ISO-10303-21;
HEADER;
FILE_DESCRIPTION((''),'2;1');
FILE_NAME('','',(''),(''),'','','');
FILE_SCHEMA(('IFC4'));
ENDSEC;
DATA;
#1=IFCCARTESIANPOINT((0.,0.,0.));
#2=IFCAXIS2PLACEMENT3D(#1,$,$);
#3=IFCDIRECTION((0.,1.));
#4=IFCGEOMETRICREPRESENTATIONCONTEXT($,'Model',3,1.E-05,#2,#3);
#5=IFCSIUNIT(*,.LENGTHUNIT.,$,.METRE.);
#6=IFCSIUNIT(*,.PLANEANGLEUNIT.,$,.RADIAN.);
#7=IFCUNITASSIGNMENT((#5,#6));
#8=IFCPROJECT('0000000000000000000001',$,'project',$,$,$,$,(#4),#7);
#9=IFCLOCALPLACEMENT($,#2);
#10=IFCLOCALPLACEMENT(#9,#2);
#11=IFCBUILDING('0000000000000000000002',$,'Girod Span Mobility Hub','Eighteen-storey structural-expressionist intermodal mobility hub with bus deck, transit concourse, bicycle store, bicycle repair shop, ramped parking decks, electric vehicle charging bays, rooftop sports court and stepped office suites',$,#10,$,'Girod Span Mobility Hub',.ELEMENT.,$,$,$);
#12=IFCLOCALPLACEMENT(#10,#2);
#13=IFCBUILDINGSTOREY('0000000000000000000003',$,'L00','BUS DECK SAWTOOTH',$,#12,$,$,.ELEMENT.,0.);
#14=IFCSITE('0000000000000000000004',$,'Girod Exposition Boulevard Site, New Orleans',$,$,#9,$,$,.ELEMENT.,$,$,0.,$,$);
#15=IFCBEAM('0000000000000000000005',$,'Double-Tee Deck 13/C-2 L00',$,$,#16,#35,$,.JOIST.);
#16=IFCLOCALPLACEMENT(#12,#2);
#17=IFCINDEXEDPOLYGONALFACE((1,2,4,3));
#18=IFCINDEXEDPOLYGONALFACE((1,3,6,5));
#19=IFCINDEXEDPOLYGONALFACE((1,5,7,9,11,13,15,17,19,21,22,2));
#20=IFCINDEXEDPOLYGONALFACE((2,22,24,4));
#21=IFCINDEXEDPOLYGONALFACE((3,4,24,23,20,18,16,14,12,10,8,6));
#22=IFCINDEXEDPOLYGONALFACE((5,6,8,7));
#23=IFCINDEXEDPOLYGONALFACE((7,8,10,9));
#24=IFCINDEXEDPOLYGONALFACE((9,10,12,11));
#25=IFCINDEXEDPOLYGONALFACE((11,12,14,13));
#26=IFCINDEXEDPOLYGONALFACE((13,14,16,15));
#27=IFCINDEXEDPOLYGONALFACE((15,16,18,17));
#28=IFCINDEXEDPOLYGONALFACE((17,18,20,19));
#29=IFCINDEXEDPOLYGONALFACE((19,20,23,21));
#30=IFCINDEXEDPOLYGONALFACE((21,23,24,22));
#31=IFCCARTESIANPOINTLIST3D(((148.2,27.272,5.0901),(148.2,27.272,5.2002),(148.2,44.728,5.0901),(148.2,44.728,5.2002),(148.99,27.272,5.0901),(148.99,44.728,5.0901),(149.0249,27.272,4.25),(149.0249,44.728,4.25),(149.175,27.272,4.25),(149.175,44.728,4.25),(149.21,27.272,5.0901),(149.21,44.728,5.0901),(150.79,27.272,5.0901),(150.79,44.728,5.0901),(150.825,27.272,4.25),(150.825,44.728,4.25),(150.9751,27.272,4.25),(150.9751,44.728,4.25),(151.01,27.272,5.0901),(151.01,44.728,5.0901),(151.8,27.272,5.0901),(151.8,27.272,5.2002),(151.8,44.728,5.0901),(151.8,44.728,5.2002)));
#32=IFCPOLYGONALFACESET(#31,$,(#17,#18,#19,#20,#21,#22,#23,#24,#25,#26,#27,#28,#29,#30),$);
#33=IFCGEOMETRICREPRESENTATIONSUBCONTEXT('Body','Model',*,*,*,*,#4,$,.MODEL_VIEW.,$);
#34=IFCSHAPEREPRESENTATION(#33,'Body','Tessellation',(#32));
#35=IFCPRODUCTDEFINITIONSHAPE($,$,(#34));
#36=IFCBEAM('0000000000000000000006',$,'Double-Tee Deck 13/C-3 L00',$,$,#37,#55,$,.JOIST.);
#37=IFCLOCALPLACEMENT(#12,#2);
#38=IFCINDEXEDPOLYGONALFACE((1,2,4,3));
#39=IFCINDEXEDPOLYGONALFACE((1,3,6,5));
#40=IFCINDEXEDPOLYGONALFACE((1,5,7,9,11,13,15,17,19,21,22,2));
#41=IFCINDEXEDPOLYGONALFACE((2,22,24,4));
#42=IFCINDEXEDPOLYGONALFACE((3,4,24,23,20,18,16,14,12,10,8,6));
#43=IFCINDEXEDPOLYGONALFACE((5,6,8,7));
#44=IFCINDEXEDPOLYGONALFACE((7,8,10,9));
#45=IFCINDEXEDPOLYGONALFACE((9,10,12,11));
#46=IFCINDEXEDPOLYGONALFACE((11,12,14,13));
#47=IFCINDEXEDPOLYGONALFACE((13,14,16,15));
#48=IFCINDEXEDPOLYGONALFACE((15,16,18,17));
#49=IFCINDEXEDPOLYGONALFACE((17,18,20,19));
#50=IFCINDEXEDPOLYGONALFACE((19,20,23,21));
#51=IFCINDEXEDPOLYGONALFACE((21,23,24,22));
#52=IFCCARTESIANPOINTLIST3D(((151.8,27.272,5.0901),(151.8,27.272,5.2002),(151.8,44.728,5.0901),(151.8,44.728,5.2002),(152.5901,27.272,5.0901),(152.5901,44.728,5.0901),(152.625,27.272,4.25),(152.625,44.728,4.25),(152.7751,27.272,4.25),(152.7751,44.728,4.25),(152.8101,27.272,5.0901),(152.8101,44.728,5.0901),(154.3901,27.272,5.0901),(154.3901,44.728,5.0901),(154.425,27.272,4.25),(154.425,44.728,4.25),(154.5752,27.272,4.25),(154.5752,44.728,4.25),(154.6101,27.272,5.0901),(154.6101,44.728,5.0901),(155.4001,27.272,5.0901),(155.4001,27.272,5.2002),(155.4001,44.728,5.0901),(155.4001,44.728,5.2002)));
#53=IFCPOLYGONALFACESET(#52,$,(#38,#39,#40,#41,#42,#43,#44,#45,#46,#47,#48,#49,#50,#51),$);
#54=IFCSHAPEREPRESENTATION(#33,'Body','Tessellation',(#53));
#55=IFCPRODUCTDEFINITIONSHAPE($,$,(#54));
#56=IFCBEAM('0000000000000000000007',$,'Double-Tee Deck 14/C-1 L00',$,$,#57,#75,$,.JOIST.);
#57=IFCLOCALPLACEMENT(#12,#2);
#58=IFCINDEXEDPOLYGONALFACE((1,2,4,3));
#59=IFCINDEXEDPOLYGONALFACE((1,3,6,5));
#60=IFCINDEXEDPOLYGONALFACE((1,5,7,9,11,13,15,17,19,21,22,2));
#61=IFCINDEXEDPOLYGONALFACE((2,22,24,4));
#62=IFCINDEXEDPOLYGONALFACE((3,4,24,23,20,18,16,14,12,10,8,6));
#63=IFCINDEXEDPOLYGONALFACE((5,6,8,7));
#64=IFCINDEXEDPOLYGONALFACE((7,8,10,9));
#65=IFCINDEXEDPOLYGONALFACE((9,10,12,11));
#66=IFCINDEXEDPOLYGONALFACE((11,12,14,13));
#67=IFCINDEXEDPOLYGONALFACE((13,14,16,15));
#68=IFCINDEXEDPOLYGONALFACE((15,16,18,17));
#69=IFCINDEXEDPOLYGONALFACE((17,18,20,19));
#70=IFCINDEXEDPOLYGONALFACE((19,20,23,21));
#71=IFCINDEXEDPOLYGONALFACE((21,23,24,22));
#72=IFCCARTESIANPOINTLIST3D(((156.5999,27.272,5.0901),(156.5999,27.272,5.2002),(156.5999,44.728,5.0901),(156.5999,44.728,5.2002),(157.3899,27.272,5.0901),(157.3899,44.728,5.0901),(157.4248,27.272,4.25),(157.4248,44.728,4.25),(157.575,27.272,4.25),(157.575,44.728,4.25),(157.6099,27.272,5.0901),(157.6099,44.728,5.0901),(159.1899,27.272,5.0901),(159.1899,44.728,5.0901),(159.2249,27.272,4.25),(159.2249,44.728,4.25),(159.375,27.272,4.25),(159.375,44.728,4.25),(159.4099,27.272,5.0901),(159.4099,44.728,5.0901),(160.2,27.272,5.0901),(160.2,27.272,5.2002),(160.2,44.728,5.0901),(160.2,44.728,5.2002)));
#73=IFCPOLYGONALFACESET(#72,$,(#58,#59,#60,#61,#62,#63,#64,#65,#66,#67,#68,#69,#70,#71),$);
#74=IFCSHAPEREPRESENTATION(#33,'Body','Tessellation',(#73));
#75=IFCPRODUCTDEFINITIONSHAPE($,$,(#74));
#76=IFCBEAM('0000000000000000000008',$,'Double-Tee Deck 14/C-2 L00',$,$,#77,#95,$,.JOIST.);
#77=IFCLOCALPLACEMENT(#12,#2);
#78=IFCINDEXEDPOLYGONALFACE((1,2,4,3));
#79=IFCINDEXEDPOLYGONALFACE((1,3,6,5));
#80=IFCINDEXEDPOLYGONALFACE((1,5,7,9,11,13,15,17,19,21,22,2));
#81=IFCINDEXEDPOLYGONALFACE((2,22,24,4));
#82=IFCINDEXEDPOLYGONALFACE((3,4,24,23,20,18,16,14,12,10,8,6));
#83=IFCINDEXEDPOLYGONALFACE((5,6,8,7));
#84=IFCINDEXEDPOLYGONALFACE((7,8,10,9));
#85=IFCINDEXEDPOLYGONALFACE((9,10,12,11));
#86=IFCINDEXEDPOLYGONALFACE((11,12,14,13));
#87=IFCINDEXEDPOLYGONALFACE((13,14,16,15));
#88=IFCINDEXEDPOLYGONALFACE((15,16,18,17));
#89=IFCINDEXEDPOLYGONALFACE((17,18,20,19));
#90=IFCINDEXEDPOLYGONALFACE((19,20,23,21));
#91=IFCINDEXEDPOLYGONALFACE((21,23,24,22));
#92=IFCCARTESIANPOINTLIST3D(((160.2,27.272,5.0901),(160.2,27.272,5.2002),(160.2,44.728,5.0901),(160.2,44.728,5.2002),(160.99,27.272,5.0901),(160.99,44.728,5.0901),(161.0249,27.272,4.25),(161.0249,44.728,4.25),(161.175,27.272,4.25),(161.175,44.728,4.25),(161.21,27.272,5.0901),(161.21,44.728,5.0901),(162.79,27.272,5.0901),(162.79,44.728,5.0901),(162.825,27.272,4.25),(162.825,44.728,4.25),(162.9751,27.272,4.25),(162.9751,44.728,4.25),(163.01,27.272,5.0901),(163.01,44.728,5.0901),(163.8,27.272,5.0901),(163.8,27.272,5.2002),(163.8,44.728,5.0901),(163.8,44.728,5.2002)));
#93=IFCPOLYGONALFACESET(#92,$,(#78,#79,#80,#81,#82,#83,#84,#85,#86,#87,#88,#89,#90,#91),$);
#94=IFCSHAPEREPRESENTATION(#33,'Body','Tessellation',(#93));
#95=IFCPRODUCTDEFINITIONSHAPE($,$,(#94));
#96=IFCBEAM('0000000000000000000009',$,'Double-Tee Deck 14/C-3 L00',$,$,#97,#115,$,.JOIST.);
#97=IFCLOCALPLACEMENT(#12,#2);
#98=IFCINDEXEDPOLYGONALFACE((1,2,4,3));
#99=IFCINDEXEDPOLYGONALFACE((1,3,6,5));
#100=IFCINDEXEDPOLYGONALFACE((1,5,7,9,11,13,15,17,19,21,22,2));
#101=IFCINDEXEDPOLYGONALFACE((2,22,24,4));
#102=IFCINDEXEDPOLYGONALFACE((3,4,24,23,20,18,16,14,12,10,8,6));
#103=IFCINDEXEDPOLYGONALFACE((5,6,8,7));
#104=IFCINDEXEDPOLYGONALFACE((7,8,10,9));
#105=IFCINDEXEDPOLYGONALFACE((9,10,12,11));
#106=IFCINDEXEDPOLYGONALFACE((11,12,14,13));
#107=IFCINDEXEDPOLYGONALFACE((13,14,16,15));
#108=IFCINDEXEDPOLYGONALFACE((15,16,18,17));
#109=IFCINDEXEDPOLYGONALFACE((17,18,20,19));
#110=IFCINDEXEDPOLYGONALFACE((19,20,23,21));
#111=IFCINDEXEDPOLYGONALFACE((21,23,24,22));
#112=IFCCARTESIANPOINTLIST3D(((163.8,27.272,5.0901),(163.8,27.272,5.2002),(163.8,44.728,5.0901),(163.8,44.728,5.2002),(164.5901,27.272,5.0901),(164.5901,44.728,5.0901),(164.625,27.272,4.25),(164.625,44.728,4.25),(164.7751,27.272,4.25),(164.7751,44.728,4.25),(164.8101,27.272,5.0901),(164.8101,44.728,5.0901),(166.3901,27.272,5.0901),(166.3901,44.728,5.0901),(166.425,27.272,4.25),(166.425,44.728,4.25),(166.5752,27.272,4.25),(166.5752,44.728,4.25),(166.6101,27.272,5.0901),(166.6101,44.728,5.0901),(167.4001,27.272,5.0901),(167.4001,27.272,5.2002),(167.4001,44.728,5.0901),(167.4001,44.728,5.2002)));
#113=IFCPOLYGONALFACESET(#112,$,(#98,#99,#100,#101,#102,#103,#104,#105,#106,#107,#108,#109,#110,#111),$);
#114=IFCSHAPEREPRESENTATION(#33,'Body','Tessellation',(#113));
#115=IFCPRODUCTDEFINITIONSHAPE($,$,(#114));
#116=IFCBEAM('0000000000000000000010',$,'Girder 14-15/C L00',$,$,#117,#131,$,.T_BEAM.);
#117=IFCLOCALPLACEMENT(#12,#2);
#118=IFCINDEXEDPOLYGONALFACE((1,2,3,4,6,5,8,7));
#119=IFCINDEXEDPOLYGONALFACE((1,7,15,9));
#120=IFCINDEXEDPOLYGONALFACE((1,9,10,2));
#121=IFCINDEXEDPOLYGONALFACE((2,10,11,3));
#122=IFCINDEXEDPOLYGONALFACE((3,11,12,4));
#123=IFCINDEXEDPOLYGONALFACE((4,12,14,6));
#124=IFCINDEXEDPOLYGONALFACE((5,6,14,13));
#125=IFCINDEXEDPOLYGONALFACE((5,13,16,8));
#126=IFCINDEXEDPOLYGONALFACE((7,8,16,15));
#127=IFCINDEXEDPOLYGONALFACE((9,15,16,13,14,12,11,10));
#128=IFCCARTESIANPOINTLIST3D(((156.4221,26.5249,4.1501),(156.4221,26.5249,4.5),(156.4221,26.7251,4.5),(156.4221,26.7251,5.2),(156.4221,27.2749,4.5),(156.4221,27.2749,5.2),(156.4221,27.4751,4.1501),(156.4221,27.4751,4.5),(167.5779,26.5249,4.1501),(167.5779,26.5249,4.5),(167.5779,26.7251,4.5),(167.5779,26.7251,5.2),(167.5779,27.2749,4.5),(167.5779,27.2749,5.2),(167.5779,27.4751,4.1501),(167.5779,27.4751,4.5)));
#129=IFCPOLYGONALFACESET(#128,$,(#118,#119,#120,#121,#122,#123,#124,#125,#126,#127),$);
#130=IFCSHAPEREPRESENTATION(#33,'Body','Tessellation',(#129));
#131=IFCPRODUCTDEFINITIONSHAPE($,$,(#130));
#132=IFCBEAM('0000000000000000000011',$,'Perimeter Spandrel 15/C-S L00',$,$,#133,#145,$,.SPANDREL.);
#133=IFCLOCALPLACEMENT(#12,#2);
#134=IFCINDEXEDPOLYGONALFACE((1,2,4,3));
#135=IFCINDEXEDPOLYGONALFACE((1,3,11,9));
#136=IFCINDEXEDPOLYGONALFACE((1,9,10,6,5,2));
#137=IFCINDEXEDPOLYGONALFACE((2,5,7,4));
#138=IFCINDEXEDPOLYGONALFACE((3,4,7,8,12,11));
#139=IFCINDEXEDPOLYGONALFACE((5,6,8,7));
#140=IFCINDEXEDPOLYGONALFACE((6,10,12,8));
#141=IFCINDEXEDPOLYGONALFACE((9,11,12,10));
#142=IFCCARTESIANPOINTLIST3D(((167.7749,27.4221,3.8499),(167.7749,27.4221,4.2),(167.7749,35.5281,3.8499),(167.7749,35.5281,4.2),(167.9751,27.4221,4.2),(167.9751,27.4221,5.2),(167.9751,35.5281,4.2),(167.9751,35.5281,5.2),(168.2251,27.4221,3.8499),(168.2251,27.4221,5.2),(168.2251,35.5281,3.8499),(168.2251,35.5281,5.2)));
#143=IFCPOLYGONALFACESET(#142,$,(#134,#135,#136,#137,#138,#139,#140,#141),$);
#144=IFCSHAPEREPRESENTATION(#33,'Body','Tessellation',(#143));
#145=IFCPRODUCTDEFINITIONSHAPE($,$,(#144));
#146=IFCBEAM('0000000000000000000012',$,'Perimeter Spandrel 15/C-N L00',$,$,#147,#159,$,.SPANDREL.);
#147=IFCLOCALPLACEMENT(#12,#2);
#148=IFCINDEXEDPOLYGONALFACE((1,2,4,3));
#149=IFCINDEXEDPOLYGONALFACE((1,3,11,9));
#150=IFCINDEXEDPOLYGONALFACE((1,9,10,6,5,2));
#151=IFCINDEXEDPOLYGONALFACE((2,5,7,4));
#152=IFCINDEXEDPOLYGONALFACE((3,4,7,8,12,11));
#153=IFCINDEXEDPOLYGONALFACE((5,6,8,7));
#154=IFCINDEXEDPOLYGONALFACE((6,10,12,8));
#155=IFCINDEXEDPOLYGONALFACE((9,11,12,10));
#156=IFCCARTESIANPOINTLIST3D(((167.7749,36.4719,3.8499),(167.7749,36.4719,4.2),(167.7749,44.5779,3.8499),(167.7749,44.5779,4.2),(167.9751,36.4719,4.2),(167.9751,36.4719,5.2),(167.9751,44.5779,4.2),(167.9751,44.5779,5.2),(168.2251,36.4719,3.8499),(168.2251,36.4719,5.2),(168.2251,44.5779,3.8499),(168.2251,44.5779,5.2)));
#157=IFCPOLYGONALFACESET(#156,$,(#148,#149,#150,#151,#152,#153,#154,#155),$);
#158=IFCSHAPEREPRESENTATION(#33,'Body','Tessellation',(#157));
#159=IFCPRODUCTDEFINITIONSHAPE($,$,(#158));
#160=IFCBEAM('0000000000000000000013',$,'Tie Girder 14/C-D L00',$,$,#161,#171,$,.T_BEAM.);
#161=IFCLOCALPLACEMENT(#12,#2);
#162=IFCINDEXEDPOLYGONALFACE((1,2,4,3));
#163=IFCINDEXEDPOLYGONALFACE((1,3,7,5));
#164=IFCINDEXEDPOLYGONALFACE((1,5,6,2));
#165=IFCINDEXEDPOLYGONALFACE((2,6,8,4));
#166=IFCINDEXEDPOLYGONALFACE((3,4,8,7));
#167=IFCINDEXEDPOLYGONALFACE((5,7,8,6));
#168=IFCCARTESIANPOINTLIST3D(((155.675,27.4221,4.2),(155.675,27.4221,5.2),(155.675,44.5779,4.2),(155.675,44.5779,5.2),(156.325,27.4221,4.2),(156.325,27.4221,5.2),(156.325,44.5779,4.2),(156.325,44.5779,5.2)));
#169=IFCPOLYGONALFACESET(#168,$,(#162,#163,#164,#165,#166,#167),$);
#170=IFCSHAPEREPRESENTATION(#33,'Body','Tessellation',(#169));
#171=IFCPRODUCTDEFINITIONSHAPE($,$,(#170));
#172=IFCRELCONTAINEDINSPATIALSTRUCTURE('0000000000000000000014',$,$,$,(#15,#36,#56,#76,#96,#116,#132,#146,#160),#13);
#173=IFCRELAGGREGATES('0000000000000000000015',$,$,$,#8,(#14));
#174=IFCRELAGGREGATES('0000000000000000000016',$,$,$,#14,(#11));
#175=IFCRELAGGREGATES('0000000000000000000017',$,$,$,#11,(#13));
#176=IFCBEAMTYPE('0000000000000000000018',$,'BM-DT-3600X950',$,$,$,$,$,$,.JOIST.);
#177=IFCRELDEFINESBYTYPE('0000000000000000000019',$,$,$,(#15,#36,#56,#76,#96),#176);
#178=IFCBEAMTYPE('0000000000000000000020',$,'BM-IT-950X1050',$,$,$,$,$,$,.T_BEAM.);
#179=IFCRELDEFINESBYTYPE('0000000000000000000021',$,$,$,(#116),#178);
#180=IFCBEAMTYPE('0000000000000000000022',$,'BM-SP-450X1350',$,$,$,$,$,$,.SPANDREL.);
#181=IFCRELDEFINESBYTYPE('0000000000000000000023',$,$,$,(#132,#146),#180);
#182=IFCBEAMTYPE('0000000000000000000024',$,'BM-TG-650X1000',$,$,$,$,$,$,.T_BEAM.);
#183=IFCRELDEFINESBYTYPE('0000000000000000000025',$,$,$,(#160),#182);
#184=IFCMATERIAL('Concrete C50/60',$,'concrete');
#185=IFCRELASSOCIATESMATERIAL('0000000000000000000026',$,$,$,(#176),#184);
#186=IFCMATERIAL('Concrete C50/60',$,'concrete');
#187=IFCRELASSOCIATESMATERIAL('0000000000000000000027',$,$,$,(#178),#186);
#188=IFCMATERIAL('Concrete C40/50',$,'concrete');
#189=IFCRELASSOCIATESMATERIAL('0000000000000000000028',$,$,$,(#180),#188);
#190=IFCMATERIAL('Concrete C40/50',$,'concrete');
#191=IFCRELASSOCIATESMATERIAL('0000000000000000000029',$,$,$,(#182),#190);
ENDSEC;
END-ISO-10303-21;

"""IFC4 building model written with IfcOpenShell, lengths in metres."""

from ifc_helpers import new_model, si_unit, direction, frame, origin, origin_2d, place, context, subcontext, project, spatial, polyline, rectangle, outline, extrude, material, material_profile, profile_set, type_object, element, save


model = new_model("IFC4")

# Units and contexts
model_context = context("Model", 3, precision=1e-05, world=origin(), true_north=direction((0.0, 1.0)))
body_context = subcontext(model_context, "Body", "Model", "MODEL_VIEW")
ifc_project = project(units=[si_unit("LENGTHUNIT", "METRE"), si_unit("PLANEANGLEUNIT", "RADIAN")], contexts=[model_context])

# Site, building, storey
site_placement = place(None, origin())
site = spatial("IfcSite", under=ifc_project, at=site_placement, Name="Girod Exposition Boulevard Site, New Orleans", CompositionType="ELEMENT", RefElevation=0.0)
building_placement = place(site_placement, origin())
building = spatial("IfcBuilding", under=site, at=building_placement, Name="Girod Span Mobility Hub", Description="Eighteen-storey structural-expressionist intermodal mobility hub with bus deck, transit concourse, bicycle store, bicycle repair shop, ramped parking decks, electric vehicle charging bays, rooftop sports court and stepped office suites", LongName="Girod Span Mobility Hub", CompositionType="ELEMENT")
storey_placement = place(building_placement, origin())
storey = spatial("IfcBuildingStorey", under=building, at=storey_placement, Name="L00", Description="BUS DECK SAWTOOTH", CompositionType="ELEMENT", Elevation=0.0)

# Beams
ifc_material_1 = material(Name="Concrete C50/60", Category="concrete")
ifc_material_profile_1 = material_profile(ifc_material_1, outline(polyline([(-1.8, 0.4751), (-1.8, 0.365), (-1.01, 0.365), (-0.9751, -0.4751), (-0.825, -0.4751), (-0.79, 0.365), (0.79, 0.365), (0.825, -0.4751), (0.9751, -0.4751), (1.01, 0.365), (1.8, 0.365), (1.8, 0.4751), (-1.8, 0.4751)])), Name="DT-3600X950")
ifc_profile_set_1 = profile_set([ifc_material_profile_1], Name="Concrete C50/60")
beam_type_1 = type_object("IfcBeamType", Name="BM-DT-3600X950", PredefinedType="JOIST", material=ifc_profile_set_1)
for number, where, z_axis, x_axis, name in (
    (1, (150.0, 27.272, 4.7251), (0.0, 1.0, 0.0), (-1.0, 0.0, 0.0), "Double-Tee Deck 13/C-2 L00"),
    (2, (153.6001, 27.272, 4.7251), (0.0, 1.0, 0.0), (-1.0, 0.0, 0.0), "Double-Tee Deck 13/C-3 L00"),
    (3, (158.3999, 27.272, 4.7251), (0.0, 1.0, 0.0), (-1.0, 0.0, 0.0), "Double-Tee Deck 14/C-1 L00"),
    (4, (162.0, 27.272, 4.7251), (0.0, 1.0, 0.0), (-1.0, 0.0, 0.0), "Double-Tee Deck 14/C-2 L00"),
    (5, (165.6001, 27.272, 4.7251), (0.0, 1.0, 0.0), (-1.0, 0.0, 0.0), "Double-Tee Deck 14/C-3 L00"),
):
    element("IfcBeam", number, at=place(storey_placement, frame(where, z_axis=z_axis, x_axis=x_axis)), inside=storey, type_object=beam_type_1, Name=name, PredefinedType="JOIST", context=body_context, shape_type="SweptSolid", body=[
        extrude(outline(polyline([(-1.8, 0.4751), (-1.8, 0.365), (-1.01, 0.365), (-0.9751, -0.4751), (-0.825, -0.4751), (-0.79, 0.365), (0.79, 0.365), (0.825, -0.4751), (0.9751, -0.4751), (1.01, 0.365), (1.8, 0.365), (1.8, 0.4751), (-1.8, 0.4751)])), origin(), (0.0, 0.0, 1.0), 17.4561),
    ])
ifc_material_2 = material(Name="Concrete C50/60", Category="concrete")
ifc_material_profile_2 = material_profile(ifc_material_2, outline(polyline([(-0.4751, -0.5249), (0.4751, -0.5249), (0.4751, -0.175), (0.2749, -0.175), (0.2749, 0.5249), (-0.2749, 0.5249), (-0.2749, -0.175), (-0.4751, -0.175), (-0.4751, -0.5249)])), Name="IT-950X1050")
ifc_profile_set_2 = profile_set([ifc_material_profile_2], Name="Concrete C50/60")
beam_type_2 = type_object("IfcBeamType", Name="BM-IT-950X1050", PredefinedType="T_BEAM", material=ifc_profile_set_2)
beam_1_placement = place(storey_placement, frame((156.4221, 27.0, 4.675), z_axis=(1.0, 0.0, 0.0), x_axis=(0.0, 1.0, 0.0)))
element("IfcBeam", 6, at=beam_1_placement, inside=storey, type_object=beam_type_2, Name="Girder 14-15/C L00", PredefinedType="T_BEAM", context=body_context, shape_type="SweptSolid", body=[
    extrude(outline(polyline([(-0.4751, -0.5249), (0.4751, -0.5249), (0.4751, -0.175), (0.2749, -0.175), (0.2749, 0.5249), (-0.2749, 0.5249), (-0.2749, -0.175), (-0.4751, -0.175), (-0.4751, -0.5249)])), origin(), (0.0, 0.0, 1.0), 11.1558),
])
ifc_material_3 = material(Name="Concrete C40/50", Category="concrete")
ifc_material_profile_3 = material_profile(ifc_material_3, outline(polyline([(-0.2251, -0.675), (0.2251, -0.675), (0.2251, -0.325), (0.0249, -0.325), (0.0249, 0.675), (-0.2251, 0.675), (-0.2251, -0.675)])), Name="SP-450X1350")
ifc_profile_set_3 = profile_set([ifc_material_profile_3], Name="Concrete C40/50")
beam_type_3 = type_object("IfcBeamType", Name="BM-SP-450X1350", PredefinedType="SPANDREL", material=ifc_profile_set_3)
for number, where, z_axis, x_axis, name in (
    (7, (168.0, 27.4221, 4.5249), (0.0, 1.0, 0.0), (-1.0, 0.0, 0.0), "Perimeter Spandrel 15/C-S L00"),
    (8, (168.0, 36.4719, 4.5249), (0.0, 1.0, 0.0), (-1.0, 0.0, 0.0), "Perimeter Spandrel 15/C-N L00"),
):
    element("IfcBeam", number, at=place(storey_placement, frame(where, z_axis=z_axis, x_axis=x_axis)), inside=storey, type_object=beam_type_3, Name=name, PredefinedType="SPANDREL", context=body_context, shape_type="SweptSolid", body=[
        extrude(outline(polyline([(-0.2251, -0.675), (0.2251, -0.675), (0.2251, -0.325), (0.0249, -0.325), (0.0249, 0.675), (-0.2251, 0.675), (-0.2251, -0.675)])), origin(), (0.0, 0.0, 1.0), 8.106),
    ])
ifc_material_4 = material(Name="Concrete C40/50", Category="concrete")
ifc_material_profile_4 = material_profile(ifc_material_4, rectangle(XDim=0.6499, YDim=1.0, at=origin_2d()), Name="TG-650X1000")
ifc_profile_set_4 = profile_set([ifc_material_profile_4], Name="Concrete C40/50")
beam_type_4 = type_object("IfcBeamType", Name="BM-TG-650X1000", PredefinedType="T_BEAM", material=ifc_profile_set_4)
beam_2_placement = place(storey_placement, frame((156.0, 27.4221, 4.7), z_axis=(0.0, 1.0, 0.0), x_axis=(-1.0, 0.0, 0.0)))
element("IfcBeam", 9, at=beam_2_placement, inside=storey, type_object=beam_type_4, Name="Tie Girder 14/C-D L00", PredefinedType="T_BEAM", context=body_context, shape_type="SweptSolid", body=[
    extrude(rectangle(XDim=0.6499, YDim=1.0, at=origin_2d()), origin(), (0.0, 0.0, 1.0), 17.1558),
])

save(model, "model.ifc")
